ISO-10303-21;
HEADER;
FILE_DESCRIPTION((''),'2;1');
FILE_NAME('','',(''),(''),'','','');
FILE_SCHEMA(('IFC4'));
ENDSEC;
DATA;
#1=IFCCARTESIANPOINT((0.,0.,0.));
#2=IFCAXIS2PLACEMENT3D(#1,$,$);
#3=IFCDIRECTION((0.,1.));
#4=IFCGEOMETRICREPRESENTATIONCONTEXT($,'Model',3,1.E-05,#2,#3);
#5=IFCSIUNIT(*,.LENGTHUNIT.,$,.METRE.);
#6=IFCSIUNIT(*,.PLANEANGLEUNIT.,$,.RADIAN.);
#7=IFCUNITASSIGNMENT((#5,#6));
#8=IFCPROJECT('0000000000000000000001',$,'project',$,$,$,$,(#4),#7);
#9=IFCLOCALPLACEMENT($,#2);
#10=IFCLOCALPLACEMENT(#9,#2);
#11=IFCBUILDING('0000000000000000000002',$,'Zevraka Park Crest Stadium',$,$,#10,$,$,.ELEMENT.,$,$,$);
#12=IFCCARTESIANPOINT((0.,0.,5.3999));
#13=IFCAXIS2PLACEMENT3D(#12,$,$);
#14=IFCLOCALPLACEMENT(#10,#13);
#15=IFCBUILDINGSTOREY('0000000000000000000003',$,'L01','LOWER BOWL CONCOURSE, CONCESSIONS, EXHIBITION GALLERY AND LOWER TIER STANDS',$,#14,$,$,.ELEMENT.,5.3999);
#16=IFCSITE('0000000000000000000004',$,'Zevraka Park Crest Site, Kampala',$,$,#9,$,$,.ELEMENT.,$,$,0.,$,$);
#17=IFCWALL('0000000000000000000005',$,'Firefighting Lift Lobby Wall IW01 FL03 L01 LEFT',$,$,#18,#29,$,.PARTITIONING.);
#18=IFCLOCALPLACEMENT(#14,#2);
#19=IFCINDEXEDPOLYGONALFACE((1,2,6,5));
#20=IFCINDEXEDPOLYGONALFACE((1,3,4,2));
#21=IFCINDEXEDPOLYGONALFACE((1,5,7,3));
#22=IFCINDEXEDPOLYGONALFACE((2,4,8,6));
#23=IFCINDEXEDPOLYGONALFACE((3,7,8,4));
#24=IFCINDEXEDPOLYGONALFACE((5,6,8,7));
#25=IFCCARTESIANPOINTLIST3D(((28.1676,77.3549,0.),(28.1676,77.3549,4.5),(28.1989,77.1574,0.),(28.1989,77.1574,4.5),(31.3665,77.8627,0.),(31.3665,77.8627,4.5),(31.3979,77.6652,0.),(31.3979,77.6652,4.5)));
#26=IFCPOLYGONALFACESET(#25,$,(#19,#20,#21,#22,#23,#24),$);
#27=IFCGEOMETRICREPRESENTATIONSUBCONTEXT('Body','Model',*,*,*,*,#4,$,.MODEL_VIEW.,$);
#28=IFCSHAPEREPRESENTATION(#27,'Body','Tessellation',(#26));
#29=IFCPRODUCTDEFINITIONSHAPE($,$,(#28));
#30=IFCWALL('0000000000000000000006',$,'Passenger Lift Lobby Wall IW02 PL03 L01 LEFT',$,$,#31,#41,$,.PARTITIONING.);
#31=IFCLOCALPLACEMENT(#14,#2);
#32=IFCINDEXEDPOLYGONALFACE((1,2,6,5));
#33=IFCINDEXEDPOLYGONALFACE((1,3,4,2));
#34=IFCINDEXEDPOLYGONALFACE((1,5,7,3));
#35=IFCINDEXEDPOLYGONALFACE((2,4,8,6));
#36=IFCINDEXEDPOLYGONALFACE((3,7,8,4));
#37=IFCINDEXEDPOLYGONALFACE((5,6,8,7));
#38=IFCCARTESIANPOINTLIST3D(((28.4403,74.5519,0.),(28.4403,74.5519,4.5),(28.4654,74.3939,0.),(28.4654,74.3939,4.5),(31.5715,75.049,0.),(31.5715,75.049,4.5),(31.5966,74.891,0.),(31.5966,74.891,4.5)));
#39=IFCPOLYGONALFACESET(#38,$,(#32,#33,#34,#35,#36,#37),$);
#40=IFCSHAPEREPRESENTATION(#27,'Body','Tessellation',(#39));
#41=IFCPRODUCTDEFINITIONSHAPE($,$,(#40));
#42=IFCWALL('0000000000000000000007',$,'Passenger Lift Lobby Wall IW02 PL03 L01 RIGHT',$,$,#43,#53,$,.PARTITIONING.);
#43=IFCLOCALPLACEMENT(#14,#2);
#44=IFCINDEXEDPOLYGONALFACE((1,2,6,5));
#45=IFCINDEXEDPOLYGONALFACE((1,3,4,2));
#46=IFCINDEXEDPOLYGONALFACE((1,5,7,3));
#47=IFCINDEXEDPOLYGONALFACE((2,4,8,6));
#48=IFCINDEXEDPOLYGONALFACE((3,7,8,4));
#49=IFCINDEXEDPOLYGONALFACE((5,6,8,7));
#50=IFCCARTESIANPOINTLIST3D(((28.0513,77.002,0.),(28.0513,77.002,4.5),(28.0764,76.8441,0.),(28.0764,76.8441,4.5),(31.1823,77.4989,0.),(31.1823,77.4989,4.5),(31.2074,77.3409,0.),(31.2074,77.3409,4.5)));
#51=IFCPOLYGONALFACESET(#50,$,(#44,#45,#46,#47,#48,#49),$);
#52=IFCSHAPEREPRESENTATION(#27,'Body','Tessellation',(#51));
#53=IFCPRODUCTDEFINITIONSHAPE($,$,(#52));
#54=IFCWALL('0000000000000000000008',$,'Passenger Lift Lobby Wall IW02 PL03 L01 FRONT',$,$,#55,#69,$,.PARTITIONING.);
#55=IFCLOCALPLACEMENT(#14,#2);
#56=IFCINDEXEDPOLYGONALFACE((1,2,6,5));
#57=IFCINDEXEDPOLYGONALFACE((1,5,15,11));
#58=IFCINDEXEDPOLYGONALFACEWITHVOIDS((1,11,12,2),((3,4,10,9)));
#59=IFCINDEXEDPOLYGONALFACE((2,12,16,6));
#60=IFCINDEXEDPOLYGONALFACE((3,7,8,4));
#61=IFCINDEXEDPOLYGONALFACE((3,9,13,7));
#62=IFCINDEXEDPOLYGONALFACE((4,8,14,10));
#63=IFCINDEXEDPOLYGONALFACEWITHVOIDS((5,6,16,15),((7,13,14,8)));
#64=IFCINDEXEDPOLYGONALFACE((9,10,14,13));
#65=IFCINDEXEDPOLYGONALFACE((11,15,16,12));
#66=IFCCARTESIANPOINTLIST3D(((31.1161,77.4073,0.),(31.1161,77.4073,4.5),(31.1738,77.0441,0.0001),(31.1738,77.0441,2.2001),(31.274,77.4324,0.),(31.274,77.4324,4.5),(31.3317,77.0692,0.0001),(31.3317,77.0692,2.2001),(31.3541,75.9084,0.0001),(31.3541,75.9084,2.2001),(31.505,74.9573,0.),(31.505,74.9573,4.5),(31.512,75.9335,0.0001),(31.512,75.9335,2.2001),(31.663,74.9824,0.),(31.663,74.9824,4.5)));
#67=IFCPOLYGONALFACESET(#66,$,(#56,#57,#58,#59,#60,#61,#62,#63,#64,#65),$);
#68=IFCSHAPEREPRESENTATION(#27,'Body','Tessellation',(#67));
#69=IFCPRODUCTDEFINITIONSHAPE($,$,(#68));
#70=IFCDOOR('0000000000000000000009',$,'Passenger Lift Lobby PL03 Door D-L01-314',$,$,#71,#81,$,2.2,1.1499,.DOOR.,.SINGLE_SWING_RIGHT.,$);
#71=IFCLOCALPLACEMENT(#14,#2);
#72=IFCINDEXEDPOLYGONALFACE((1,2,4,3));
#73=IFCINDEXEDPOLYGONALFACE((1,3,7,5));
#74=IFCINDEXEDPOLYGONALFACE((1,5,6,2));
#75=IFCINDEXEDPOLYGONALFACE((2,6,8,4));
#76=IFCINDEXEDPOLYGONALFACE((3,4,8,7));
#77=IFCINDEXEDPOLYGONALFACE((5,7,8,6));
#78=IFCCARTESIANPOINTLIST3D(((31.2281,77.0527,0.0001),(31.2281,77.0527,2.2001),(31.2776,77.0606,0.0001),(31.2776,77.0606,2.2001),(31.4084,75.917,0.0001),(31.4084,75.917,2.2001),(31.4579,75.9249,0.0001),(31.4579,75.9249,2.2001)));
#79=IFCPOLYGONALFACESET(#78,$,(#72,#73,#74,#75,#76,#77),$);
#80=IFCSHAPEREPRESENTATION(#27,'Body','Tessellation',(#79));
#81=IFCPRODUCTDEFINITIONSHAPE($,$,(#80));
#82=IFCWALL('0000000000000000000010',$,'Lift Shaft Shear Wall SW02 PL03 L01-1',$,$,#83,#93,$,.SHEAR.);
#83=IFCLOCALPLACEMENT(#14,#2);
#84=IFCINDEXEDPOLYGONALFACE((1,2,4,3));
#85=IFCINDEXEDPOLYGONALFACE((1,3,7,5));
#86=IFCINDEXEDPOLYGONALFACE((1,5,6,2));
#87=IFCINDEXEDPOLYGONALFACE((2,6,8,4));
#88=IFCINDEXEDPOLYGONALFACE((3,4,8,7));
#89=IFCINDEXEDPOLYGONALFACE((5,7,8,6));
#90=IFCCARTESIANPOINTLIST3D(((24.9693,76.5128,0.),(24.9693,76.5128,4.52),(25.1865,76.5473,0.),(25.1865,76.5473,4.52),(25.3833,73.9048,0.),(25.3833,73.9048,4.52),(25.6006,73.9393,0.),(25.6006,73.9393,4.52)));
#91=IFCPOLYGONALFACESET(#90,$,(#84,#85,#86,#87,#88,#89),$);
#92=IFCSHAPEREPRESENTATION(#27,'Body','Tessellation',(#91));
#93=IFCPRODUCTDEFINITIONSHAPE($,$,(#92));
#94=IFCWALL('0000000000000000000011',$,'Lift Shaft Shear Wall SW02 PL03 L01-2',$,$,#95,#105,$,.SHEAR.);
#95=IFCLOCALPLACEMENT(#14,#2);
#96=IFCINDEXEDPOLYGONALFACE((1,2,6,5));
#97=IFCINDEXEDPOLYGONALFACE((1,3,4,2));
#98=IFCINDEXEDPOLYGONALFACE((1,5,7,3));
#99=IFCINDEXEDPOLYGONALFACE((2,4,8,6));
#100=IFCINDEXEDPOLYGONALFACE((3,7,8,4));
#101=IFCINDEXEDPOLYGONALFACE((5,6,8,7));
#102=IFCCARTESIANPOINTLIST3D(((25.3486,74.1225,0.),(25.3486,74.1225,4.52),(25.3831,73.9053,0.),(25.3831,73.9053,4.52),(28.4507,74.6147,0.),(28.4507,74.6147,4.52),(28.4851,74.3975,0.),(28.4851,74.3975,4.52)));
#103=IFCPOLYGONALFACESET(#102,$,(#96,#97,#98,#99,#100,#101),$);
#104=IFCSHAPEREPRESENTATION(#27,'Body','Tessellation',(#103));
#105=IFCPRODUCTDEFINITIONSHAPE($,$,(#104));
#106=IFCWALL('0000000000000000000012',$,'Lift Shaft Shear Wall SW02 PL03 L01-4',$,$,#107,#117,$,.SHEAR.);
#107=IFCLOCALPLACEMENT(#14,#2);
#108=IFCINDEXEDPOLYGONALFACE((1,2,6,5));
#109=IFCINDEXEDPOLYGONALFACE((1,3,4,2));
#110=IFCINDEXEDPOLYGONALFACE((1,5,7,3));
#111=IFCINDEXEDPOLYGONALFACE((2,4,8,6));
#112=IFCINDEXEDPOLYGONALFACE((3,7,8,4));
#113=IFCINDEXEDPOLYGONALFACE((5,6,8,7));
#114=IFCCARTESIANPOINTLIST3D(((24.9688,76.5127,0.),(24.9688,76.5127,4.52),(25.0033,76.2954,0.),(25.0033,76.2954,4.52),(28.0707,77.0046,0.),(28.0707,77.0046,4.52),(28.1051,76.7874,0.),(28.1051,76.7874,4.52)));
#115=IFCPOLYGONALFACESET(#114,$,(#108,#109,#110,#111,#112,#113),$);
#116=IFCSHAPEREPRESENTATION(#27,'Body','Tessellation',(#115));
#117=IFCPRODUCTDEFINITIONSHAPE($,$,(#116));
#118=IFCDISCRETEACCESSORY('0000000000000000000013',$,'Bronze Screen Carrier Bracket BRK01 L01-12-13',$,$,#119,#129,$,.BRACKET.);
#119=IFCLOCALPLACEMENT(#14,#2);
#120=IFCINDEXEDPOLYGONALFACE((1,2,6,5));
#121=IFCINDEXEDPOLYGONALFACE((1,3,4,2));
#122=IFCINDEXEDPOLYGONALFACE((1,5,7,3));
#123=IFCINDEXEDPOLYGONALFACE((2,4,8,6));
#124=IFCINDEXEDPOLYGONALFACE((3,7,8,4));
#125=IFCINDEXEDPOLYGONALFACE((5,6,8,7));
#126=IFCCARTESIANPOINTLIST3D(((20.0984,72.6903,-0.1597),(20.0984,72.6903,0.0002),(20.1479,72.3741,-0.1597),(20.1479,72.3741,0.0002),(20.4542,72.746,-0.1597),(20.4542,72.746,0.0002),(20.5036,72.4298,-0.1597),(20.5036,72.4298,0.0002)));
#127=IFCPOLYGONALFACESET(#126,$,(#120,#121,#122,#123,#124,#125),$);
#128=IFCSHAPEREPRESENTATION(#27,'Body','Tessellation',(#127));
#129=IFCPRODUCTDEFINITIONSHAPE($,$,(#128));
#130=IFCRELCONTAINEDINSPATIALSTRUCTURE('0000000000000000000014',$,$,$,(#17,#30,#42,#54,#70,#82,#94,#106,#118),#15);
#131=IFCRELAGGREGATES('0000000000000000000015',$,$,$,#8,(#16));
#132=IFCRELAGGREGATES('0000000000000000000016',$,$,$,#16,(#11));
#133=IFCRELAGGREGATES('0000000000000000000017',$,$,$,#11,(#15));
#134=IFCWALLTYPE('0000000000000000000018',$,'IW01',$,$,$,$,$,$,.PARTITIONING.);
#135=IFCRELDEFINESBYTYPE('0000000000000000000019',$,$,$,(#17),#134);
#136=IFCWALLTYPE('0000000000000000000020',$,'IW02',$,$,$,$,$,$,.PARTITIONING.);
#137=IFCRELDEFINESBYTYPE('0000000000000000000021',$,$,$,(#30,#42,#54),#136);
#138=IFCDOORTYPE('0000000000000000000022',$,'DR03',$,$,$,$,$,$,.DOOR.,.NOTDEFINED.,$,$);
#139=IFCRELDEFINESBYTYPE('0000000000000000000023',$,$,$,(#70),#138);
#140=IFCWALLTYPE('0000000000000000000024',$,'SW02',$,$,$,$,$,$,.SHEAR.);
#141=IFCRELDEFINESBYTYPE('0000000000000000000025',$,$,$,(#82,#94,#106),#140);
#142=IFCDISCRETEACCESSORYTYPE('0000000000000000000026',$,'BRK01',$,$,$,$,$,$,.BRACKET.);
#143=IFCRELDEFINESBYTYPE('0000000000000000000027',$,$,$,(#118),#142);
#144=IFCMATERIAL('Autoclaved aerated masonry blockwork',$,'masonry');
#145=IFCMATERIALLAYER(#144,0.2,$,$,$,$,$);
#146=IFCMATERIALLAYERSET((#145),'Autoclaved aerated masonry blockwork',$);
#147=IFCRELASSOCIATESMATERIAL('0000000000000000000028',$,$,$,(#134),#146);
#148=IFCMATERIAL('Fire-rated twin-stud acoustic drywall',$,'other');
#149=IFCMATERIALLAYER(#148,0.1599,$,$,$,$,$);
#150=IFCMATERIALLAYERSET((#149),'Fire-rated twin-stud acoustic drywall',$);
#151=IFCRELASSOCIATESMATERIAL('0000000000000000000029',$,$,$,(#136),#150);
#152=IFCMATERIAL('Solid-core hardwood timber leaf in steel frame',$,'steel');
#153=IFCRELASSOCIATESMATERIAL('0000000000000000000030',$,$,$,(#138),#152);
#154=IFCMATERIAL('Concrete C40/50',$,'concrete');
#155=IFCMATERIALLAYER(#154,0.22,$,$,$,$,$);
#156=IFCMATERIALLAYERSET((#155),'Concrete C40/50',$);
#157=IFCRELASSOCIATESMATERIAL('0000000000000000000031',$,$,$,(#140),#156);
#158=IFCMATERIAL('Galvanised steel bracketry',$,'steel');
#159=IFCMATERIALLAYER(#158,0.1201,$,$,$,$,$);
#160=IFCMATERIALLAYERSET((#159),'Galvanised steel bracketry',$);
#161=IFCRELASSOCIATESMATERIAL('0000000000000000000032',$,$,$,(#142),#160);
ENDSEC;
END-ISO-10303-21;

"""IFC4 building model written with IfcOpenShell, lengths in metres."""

from ifc_helpers import new_model, si_unit, direction, frame, frame_2d, origin, origin_2d, place, context, subcontext, project, spatial, rectangle, extrude, material, layer, layer_set, type_object, element, fill, save


model = new_model("IFC4")

# Units and contexts
model_context = context("Model", 3, precision=1e-05, world=origin(), true_north=direction((0.0, 1.0)))
body_context = subcontext(model_context, "Body", "Model", "MODEL_VIEW")
ifc_project = project(units=[si_unit("LENGTHUNIT", "METRE"), si_unit("PLANEANGLEUNIT", "RADIAN")], contexts=[model_context])

# Site, building, storey
site_placement = place(None, origin())
site = spatial("IfcSite", under=ifc_project, at=site_placement, Name="Zevraka Park Crest Site, Kampala", CompositionType="ELEMENT", RefElevation=0.0)
building_placement = place(site_placement, origin())
building = spatial("IfcBuilding", under=site, at=building_placement, Name="Zevraka Park Crest Stadium", CompositionType="ELEMENT")
storey_placement = place(building_placement, frame((0.0, 0.0, 5.3999)))
storey = spatial("IfcBuildingStorey", under=building, at=storey_placement, Name="L01", Description="LOWER BOWL CONCOURSE, CONCESSIONS, EXHIBITION GALLERY AND LOWER TIER STANDS", CompositionType="ELEMENT", Elevation=5.3999)

# Walls
ifc_material_1 = material(Name="Autoclaved aerated masonry blockwork", Category="masonry")
ifc_layer_1 = layer(ifc_material_1, 0.2)
ifc_layer_set_1 = layer_set([ifc_layer_1], Name="Autoclaved aerated masonry blockwork")
wall_type_1 = type_object("IfcWallType", Name="IW01", PredefinedType="PARTITIONING", material=ifc_layer_set_1)
wall_1_placement = place(storey_placement, frame((28.1831, 77.2561, 0.0), z_axis=(0.0, 0.0, 1.0), x_axis=(0.987634, 0.156779, 0.0)))
element("IfcWall", 1, at=wall_1_placement, inside=storey, type_object=wall_type_1, Name="Firefighting Lift Lobby Wall IW01 FL03 L01 LEFT", PredefinedType="PARTITIONING", context=body_context, shape_type="SweptSolid", body=[
    extrude(rectangle(XDim=3.239, YDim=0.2, at=frame_2d((1.6196, 0.0))), origin(), (0.0, 0.0, 1.0), 4.5),
])
ifc_material_2 = material(Name="Fire-rated twin-stud acoustic drywall", Category="other")
ifc_layer_2 = layer(ifc_material_2, 0.1599)
ifc_layer_set_2 = layer_set([ifc_layer_2], Name="Fire-rated twin-stud acoustic drywall")
wall_type_2 = type_object("IfcWallType", Name="IW02", PredefinedType="PARTITIONING", material=ifc_layer_set_2)
wall_2_placement = place(storey_placement, frame((28.4529, 74.4729, 0.0), z_axis=(0.0, 0.0, 1.0), x_axis=(0.987632, 0.156789, 0.0)))
element("IfcWall", 2, at=wall_2_placement, inside=storey, type_object=wall_type_2, Name="Passenger Lift Lobby Wall IW02 PL03 L01 LEFT", PredefinedType="PARTITIONING", context=body_context, shape_type="SweptSolid", body=[
    extrude(rectangle(XDim=3.1704, YDim=0.1599, at=frame_2d((1.5852, 0.0))), origin(), (0.0, 0.0, 1.0), 4.5),
])
wall_3_placement = place(storey_placement, frame((28.064, 76.9231, 0.0), z_axis=(0.0, 0.0, 1.0), x_axis=(0.987644, 0.156714, 0.0)))
element("IfcWall", 3, at=wall_3_placement, inside=storey, type_object=wall_type_2, Name="Passenger Lift Lobby Wall IW02 PL03 L01 RIGHT", PredefinedType="PARTITIONING", context=body_context, shape_type="SweptSolid", body=[
    extrude(rectangle(XDim=3.1702, YDim=0.1599, at=frame_2d((1.585, 0.0))), origin(), (0.0, 0.0, 1.0), 4.5),
])

# Wall, opening, door
wall_4_placement = place(storey_placement, frame((31.584, 74.97, 0.0), z_axis=(0.0, 0.0, 1.0), x_axis=(-0.156781, 0.987633, 0.0)))
wall_4 = element("IfcWall", 4, at=wall_4_placement, inside=storey, type_object=wall_type_2, Name="Passenger Lift Lobby Wall IW02 PL03 L01 FRONT", PredefinedType="PARTITIONING", context=body_context, shape_type="SweptSolid", body=[
    extrude(rectangle(XDim=2.4807, YDim=0.1599, at=frame_2d((1.2402, 0.0))), origin(), (0.0, 0.0, 1.0), 4.5),
])
opening_1_placement = place(wall_4_placement, frame((0.9629, 0.0, 0.0)))
opening_1 = element("IfcOpeningElement", 5, at=opening_1_placement, cuts=wall_4, PredefinedType="OPENING", context=body_context, shape_type="SweptSolid", body=[
    extrude(rectangle(XDim=1.1499, YDim=2.2, at=frame_2d((0.575, 1.1001))), frame((0.0, 0.0898, 0.0), z_axis=(0.0, -1.0, 0.0), x_axis=(1.0, 0.0, 0.0)), (0.0, 0.0, 1.0), 0.1799),
])
ifc_material_3 = material(Name="Solid-core hardwood timber leaf in steel frame", Category="steel")
door_type_1 = type_object("IfcDoorType", Name="DR03", OperationType="NOTDEFINED", PredefinedType="DOOR", material=ifc_material_3)
door_1_placement = place(opening_1_placement, origin())
door_1 = element("IfcDoor", 6, at=door_1_placement, inside=storey, type_object=door_type_1, Name="Passenger Lift Lobby PL03 Door D-L01-314", OperationType="SINGLE_SWING_RIGHT", OverallHeight=2.2, OverallWidth=1.1499, PredefinedType="DOOR", context=body_context, shape_type="SweptSolid", body=[
    extrude(rectangle(XDim=1.1499, YDim=2.2, at=frame_2d((0.575, 1.1001))), frame((0.0, 0.0249, 0.0), z_axis=(0.0, -1.0, 0.0), x_axis=(1.0, 0.0, 0.0)), (0.0, 0.0, 1.0), 0.05),
])
fill(opening_1, door_1)

# Walls
ifc_material_4 = material(Name="Concrete C40/50", Category="concrete")
ifc_layer_3 = layer(ifc_material_4, 0.22)
ifc_layer_set_3 = layer_set([ifc_layer_3], Name="Concrete C40/50")
wall_type_3 = type_object("IfcWallType", Name="SW02", PredefinedType="SHEAR", material=ifc_layer_set_3)
wall_5_placement = place(storey_placement, frame((25.0779, 76.53, 0.0), z_axis=(0.0, 0.0, 1.0), x_axis=(0.156808, -0.987629, 0.0)))
element("IfcWall", 7, at=wall_5_placement, inside=storey, type_object=wall_type_3, Name="Lift Shaft Shear Wall SW02 PL03 L01-1", PredefinedType="SHEAR", context=body_context, shape_type="SweptSolid", body=[
    extrude(rectangle(XDim=2.6406, YDim=0.22, at=frame_2d((1.3203, 0.0))), origin(), (0.0, 0.0, 1.0), 4.52),
])
wall_6_placement = place(storey_placement, frame((25.366, 74.0139, 0.0), z_axis=(0.0, 0.0, 1.0), x_axis=(0.987645, 0.156705, 0.0)))
element("IfcWall", 8, at=wall_6_placement, inside=storey, type_object=wall_type_3, Name="Lift Shaft Shear Wall SW02 PL03 L01-2", PredefinedType="SHEAR", context=body_context, shape_type="SweptSolid", body=[
    extrude(rectangle(XDim=3.1409, YDim=0.22, at=frame_2d((1.5703, 0.0))), origin(), (0.0, 0.0, 1.0), 4.52),
])

# Wall
wall_7_placement = place(storey_placement, frame((28.0879, 76.896, 0.0), z_axis=(0.0, 0.0, 1.0), x_axis=(-0.987656, -0.156641, 0.0)))
element("IfcWall", 9, at=wall_7_placement, inside=storey, type_object=wall_type_3, Name="Lift Shaft Shear Wall SW02 PL03 L01-4", PredefinedType="SHEAR", context=body_context, shape_type="SweptSolid", body=[
    extrude(rectangle(XDim=3.1406, YDim=0.22, at=frame_2d((1.5703, 0.0))), origin(), (0.0, 0.0, 1.0), 4.52),
])

# Discrete accessory
ifc_material_5 = material(Name="Galvanised steel bracketry", Category="steel")
ifc_layer_4 = layer(ifc_material_5, 0.1201)
ifc_layer_set_4 = layer_set([ifc_layer_4], Name="Galvanised steel bracketry")
discrete_accessory_type = type_object("IfcDiscreteAccessoryType", Name="BRK01", PredefinedType="BRACKET", material=ifc_layer_set_4)
discrete_accessory_placement = place(storey_placement, frame((20.301, 72.5601, -0.1597), z_axis=(0.0, 0.0, 1.0), x_axis=(0.154538, -0.987987, 0.0)))
element("IfcDiscreteAccessory", 10, at=discrete_accessory_placement, inside=storey, type_object=discrete_accessory_type, Name="Bronze Screen Carrier Bracket BRK01 L01-12-13", PredefinedType="BRACKET", context=body_context, shape_type="SweptSolid", body=[
    extrude(rectangle(XDim=0.3201, YDim=0.3601, at=origin_2d()), origin(), (0.0, 0.0, 1.0), 0.1599),
])

save(model, "model.ifc")
